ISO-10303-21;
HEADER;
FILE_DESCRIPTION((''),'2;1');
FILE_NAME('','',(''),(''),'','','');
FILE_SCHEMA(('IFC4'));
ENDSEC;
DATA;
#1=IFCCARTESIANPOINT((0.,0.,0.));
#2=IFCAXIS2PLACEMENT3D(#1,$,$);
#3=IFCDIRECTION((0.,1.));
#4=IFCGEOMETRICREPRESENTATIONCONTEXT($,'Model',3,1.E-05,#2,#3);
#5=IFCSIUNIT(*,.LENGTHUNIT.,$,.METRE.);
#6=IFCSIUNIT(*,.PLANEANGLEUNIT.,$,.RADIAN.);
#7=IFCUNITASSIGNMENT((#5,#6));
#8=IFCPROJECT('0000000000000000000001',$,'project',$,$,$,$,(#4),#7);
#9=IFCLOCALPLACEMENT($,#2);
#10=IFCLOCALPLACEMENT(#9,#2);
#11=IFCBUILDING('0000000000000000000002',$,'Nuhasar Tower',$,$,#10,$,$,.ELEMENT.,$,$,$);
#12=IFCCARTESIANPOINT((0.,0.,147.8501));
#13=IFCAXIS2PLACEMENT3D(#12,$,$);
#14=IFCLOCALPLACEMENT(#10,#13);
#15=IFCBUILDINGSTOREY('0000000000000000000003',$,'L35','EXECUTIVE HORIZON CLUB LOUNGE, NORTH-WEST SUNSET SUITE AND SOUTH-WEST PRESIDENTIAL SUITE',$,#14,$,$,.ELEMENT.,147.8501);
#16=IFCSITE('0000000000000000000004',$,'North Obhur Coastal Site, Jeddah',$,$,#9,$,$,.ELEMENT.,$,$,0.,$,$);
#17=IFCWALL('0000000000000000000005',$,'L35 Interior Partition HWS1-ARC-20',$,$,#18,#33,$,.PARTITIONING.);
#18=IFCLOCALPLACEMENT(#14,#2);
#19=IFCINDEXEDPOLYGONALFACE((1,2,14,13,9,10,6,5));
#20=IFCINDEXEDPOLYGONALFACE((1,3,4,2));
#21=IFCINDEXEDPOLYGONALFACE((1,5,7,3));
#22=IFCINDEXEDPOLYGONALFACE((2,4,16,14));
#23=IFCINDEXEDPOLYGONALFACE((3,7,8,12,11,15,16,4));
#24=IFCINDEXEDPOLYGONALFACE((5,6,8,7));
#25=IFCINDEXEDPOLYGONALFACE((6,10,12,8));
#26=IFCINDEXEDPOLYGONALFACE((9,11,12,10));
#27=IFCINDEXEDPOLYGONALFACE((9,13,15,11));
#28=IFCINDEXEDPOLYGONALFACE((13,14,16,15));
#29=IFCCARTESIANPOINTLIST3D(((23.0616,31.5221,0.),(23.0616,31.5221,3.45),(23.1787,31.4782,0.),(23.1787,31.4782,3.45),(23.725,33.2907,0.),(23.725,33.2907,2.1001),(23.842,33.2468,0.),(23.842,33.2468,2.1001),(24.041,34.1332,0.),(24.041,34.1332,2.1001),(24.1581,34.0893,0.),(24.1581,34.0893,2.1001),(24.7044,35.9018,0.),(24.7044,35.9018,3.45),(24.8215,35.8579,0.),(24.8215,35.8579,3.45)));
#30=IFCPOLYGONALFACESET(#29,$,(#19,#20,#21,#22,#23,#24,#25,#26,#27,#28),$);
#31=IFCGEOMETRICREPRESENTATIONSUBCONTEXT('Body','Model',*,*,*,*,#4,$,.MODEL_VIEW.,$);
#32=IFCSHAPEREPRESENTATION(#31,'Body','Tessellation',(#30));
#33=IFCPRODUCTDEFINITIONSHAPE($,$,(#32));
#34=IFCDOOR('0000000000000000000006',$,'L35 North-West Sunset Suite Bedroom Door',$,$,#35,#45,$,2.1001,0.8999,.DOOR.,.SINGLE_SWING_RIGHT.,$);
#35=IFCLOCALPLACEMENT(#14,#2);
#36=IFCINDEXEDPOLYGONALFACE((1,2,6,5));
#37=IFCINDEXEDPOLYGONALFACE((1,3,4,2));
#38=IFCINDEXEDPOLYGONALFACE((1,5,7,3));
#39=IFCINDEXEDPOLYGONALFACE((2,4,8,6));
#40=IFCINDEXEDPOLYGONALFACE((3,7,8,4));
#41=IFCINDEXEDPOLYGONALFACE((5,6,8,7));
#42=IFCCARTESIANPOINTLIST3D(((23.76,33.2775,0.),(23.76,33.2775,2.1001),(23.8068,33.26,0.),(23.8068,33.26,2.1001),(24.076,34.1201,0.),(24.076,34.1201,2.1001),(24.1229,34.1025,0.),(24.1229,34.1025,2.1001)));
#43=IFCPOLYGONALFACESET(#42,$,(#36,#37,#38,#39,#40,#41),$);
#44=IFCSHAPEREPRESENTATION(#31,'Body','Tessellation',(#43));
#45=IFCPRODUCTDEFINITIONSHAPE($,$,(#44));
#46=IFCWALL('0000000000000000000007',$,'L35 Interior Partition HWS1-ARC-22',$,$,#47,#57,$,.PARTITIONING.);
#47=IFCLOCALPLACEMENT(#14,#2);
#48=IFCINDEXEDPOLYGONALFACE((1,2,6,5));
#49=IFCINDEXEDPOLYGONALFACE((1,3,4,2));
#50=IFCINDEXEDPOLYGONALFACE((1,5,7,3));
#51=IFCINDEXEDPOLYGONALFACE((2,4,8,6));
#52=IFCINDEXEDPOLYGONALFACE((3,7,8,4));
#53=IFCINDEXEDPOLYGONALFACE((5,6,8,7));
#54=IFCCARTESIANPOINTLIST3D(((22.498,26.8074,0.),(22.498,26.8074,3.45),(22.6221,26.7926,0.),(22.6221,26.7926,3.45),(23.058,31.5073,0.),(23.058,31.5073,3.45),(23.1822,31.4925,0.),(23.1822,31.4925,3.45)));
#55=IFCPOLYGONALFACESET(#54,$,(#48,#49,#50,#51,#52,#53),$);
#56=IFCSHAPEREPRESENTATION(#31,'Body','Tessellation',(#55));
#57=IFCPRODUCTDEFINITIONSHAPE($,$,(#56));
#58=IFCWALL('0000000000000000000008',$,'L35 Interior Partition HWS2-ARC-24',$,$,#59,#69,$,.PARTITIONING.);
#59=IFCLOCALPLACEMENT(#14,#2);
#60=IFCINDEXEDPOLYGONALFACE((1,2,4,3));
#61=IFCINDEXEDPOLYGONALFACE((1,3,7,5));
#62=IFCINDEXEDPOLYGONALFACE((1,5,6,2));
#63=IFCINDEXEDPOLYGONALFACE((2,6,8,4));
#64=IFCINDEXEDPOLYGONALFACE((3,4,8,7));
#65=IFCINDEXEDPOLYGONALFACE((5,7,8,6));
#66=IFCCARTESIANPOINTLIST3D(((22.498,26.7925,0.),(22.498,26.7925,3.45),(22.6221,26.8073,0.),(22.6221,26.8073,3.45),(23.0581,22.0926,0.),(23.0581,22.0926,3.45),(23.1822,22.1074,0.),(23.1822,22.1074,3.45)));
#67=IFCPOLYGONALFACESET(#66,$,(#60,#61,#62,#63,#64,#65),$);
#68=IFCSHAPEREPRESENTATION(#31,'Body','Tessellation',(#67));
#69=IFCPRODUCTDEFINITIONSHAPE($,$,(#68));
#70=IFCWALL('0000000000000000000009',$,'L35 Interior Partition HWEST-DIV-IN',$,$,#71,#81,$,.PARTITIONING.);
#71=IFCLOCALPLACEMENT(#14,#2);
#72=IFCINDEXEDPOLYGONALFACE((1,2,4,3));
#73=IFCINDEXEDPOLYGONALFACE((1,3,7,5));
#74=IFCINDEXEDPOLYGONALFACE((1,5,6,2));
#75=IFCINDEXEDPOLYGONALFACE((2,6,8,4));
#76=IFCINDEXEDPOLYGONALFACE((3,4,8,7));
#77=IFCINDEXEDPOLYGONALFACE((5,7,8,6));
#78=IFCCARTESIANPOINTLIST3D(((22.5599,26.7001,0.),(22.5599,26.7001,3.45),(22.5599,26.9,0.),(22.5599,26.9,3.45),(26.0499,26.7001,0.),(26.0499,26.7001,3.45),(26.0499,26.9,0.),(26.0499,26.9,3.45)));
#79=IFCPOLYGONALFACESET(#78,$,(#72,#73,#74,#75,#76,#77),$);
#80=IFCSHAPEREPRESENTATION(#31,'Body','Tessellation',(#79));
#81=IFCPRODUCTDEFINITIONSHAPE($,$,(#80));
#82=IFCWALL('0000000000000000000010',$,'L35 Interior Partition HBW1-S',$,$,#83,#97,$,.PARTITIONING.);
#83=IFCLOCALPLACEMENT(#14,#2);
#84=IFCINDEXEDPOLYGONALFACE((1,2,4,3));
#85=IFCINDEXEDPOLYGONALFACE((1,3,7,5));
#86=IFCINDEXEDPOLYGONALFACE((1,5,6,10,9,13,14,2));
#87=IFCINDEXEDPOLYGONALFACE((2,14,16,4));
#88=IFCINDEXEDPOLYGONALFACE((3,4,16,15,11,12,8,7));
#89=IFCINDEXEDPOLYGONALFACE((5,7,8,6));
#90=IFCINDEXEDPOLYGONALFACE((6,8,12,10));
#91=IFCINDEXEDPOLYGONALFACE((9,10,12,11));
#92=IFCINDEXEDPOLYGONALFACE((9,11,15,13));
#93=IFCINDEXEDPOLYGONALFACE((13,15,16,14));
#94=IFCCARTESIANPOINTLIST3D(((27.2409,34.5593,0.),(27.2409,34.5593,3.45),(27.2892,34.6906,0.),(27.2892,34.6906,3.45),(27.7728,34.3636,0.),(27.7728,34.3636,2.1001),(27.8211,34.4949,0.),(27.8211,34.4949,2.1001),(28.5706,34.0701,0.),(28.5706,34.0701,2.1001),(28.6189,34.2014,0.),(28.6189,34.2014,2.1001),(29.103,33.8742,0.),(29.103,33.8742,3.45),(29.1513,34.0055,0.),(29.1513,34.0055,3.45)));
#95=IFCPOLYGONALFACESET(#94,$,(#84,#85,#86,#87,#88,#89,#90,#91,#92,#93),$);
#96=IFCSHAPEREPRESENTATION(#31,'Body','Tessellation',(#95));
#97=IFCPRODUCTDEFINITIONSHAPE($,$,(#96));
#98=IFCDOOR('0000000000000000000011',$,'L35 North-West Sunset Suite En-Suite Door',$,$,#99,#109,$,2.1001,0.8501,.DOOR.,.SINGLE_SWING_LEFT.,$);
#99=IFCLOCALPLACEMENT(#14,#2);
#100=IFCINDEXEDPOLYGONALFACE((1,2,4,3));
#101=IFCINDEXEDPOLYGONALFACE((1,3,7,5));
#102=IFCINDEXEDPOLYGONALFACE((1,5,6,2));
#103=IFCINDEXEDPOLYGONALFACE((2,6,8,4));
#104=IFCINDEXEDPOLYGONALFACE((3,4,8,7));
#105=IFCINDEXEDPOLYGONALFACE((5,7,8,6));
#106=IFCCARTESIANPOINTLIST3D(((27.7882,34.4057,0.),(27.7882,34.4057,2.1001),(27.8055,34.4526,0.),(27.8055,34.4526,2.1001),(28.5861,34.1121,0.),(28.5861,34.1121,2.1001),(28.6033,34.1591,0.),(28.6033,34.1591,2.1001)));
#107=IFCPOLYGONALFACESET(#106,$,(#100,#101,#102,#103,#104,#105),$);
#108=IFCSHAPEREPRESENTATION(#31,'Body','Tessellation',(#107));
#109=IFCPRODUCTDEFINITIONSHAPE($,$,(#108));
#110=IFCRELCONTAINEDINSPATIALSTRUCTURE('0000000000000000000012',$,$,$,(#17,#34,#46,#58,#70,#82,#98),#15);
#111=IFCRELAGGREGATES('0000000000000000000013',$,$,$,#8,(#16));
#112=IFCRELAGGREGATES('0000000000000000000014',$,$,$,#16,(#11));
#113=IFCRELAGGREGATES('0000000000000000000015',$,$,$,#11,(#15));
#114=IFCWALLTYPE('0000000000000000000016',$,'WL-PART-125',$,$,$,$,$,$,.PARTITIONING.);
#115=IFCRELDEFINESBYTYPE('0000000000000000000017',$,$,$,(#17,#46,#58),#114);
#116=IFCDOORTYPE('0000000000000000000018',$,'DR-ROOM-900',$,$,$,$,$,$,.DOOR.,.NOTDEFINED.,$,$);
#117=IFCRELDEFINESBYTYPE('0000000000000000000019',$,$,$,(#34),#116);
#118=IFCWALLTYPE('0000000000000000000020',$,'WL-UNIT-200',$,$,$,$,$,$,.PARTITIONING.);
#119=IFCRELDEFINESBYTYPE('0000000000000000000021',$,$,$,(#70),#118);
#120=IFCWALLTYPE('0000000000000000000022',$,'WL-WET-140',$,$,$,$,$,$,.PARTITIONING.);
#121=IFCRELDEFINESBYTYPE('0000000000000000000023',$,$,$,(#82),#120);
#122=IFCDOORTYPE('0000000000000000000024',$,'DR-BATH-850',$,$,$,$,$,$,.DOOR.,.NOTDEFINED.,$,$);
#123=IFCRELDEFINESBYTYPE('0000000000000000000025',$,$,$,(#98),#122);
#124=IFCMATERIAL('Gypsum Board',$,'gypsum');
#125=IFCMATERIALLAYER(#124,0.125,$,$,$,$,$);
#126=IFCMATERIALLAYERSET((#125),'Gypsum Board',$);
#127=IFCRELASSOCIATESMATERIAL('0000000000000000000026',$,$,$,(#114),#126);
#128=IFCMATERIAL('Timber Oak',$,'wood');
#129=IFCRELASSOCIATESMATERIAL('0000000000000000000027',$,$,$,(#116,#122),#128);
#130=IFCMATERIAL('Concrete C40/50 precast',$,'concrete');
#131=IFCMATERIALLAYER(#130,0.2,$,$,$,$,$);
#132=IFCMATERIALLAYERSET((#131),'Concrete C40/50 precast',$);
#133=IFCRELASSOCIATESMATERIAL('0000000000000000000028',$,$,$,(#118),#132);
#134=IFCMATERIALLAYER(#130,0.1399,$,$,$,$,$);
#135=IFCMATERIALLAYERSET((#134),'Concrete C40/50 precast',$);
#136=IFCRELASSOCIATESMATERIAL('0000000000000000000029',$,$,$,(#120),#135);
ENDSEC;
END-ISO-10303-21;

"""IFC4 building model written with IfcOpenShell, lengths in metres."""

from ifc_helpers import new_model, si_unit, direction, frame, frame_2d, origin, place, context, subcontext, project, spatial, rectangle, extrude, material, layer, layer_set, type_object, element, fill, save


model = new_model("IFC4")

# Units and contexts
model_context = context("Model", 3, precision=1e-05, world=origin(), true_north=direction((0.0, 1.0)))
body_context = subcontext(model_context, "Body", "Model", "MODEL_VIEW")
ifc_project = project(units=[si_unit("LENGTHUNIT", "METRE"), si_unit("PLANEANGLEUNIT", "RADIAN")], contexts=[model_context])

# Site, building, storey
site_placement = place(None, origin())
site = spatial("IfcSite", under=ifc_project, at=site_placement, Name="North Obhur Coastal Site, Jeddah", CompositionType="ELEMENT", RefElevation=0.0)
building_placement = place(site_placement, origin())
building = spatial("IfcBuilding", under=site, at=building_placement, Name="Nuhasar Tower", CompositionType="ELEMENT")
storey_placement = place(building_placement, frame((0.0, 0.0, 147.8501)))
storey = spatial("IfcBuildingStorey", under=building, at=storey_placement, Name="L35", Description="EXECUTIVE HORIZON CLUB LOUNGE, NORTH-WEST SUNSET SUITE AND SOUTH-WEST PRESIDENTIAL SUITE", CompositionType="ELEMENT", Elevation=147.8501)

# Shared definitions
ifc_material_1 = material(Name="Gypsum Board", Category="gypsum")

# Shared definitions
ifc_material_2 = material(Name="Timber Oak", Category="wood")

# Shared definitions
ifc_layer_1 = layer(ifc_material_1, 0.125)
ifc_layer_set_1 = layer_set([ifc_layer_1], Name="Gypsum Board")
wall_type_1 = type_object("IfcWallType", Name="WL-PART-125", PredefinedType="PARTITIONING", material=ifc_layer_set_1)

# Wall, opening, door
wall_1_placement = place(storey_placement, frame((24.7629, 35.8799, 0.0), z_axis=(0.0, 0.0, 1.0), x_axis=(-0.351192, -0.936303, 0.0)))
wall_1 = element("IfcWall", 1, at=wall_1_placement, inside=storey, type_object=wall_type_1, Name="L35 Interior Partition HWS1-ARC-20", PredefinedType="PARTITIONING", context=body_context, shape_type="SweptSolid", body=[
    extrude(rectangle(XDim=4.6777, YDim=0.125, at=frame_2d((2.3389, 0.0))), origin(), (0.0, 0.0, 1.0), 3.45),
])
opening_1_placement = place(wall_1_placement, frame((1.8889, 0.0, 0.0)))
opening_1 = element("IfcOpeningElement", 2, at=opening_1_placement, cuts=wall_1, PredefinedType="OPENING", context=body_context, shape_type="SweptSolid", body=[
    extrude(rectangle(XDim=0.8999, YDim=2.1001, at=frame_2d((0.45, 1.05))), frame((0.0, 0.0725, 0.0), z_axis=(0.0, -1.0, 0.0), x_axis=(1.0, 0.0, 0.0)), (0.0, 0.0, 1.0), 0.145),
])
door_type_1 = type_object("IfcDoorType", Name="DR-ROOM-900", OperationType="NOTDEFINED", PredefinedType="DOOR", material=ifc_material_2)
door_1_placement = place(opening_1_placement, origin())
door_1 = element("IfcDoor", 3, at=door_1_placement, inside=storey, type_object=door_type_1, Name="L35 North-West Sunset Suite Bedroom Door", OperationType="SINGLE_SWING_RIGHT", OverallHeight=2.1001, OverallWidth=0.8999, PredefinedType="DOOR", context=body_context, shape_type="SweptSolid", body=[
    extrude(rectangle(XDim=0.8999, YDim=2.1001, at=frame_2d((0.45, 1.05))), frame((0.0, 0.0249, 0.0), z_axis=(0.0, -1.0, 0.0), x_axis=(1.0, 0.0, 0.0)), (0.0, 0.0, 1.0), 0.05),
])
fill(opening_1, door_1)

# Walls
for number, where, z_axis, x_axis, name in (
    (4, (23.1201, 31.5, 0.0), (0.0, 0.0, 1.0), (-0.118326, -0.992975, 0.0), "L35 Interior Partition HWS1-ARC-22"),
    (5, (22.5601, 26.8, 0.0), (0.0, 0.0, 1.0), (0.118326, -0.992975, 0.0), "L35 Interior Partition HWS2-ARC-24"),
):
    element("IfcWall", number, at=place(storey_placement, frame(where, z_axis=z_axis, x_axis=x_axis)), inside=storey, type_object=wall_type_1, Name=name, PredefinedType="PARTITIONING", context=body_context, shape_type="SweptSolid", body=[
        extrude(rectangle(XDim=4.7332, YDim=0.125, at=frame_2d((2.3667, 0.0))), origin(), (0.0, 0.0, 1.0), 3.45),
    ])
ifc_material_3 = material(Name="Concrete C40/50 precast", Category="concrete")
ifc_layer_2 = layer(ifc_material_3, 0.2)
ifc_layer_set_2 = layer_set([ifc_layer_2], Name="Concrete C40/50 precast")
wall_type_2 = type_object("IfcWallType", Name="WL-UNIT-200", PredefinedType="PARTITIONING", material=ifc_layer_set_2)
wall_2_placement = place(storey_placement, frame((26.05, 26.8, 0.0), z_axis=(0.0, 0.0, 1.0), x_axis=(-1.0, 0.0, 0.0)))
element("IfcWall", 6, at=wall_2_placement, inside=storey, type_object=wall_type_2, Name="L35 Interior Partition HWEST-DIV-IN", PredefinedType="PARTITIONING", context=body_context, shape_type="SweptSolid", body=[
    extrude(rectangle(XDim=3.49, YDim=0.2, at=frame_2d((1.7451, 0.0))), origin(), (0.0, 0.0, 1.0), 3.45),
])

# Wall, opening, door
ifc_layer_3 = layer(ifc_material_3, 0.1399)
ifc_layer_set_3 = layer_set([ifc_layer_3], Name="Concrete C40/50 precast")
wall_type_3 = type_object("IfcWallType", Name="WL-WET-140", PredefinedType="PARTITIONING", material=ifc_layer_set_3)
wall_3_placement = place(storey_placement, frame((27.2649, 34.625, 0.0), z_axis=(0.0, 0.0, 1.0), x_axis=(0.938501, -0.345278, 0.0)))
wall_3 = element("IfcWall", 7, at=wall_3_placement, inside=storey, type_object=wall_type_3, Name="L35 Interior Partition HBW1-S", PredefinedType="PARTITIONING", context=body_context, shape_type="SweptSolid", body=[
    extrude(rectangle(XDim=1.9841, YDim=0.1399, at=frame_2d((0.9922, 0.0))), origin(), (0.0, 0.0, 1.0), 3.45),
])
opening_2_placement = place(wall_3_placement, frame((0.5669, 0.0, 0.0)))
opening_2 = element("IfcOpeningElement", 8, at=opening_2_placement, cuts=wall_3, PredefinedType="OPENING", context=body_context, shape_type="SweptSolid", body=[
    extrude(rectangle(XDim=0.8501, YDim=2.1001, at=frame_2d((0.425, 1.05))), frame((0.0, 0.0801, 0.0), z_axis=(0.0, -1.0, 0.0), x_axis=(1.0, 0.0, 0.0)), (0.0, 0.0, 1.0), 0.1599),
])
door_type_2 = type_object("IfcDoorType", Name="DR-BATH-850", OperationType="NOTDEFINED", PredefinedType="DOOR", material=ifc_material_2)
door_2_placement = place(opening_2_placement, origin())
door_2 = element("IfcDoor", 9, at=door_2_placement, inside=storey, type_object=door_type_2, Name="L35 North-West Sunset Suite En-Suite Door", OperationType="SINGLE_SWING_LEFT", OverallHeight=2.1001, OverallWidth=0.8501, PredefinedType="DOOR", context=body_context, shape_type="SweptSolid", body=[
    extrude(rectangle(XDim=0.8501, YDim=2.1001, at=frame_2d((0.425, 1.05))), frame((0.0, 0.0249, 0.0), z_axis=(0.0, -1.0, 0.0), x_axis=(1.0, 0.0, 0.0)), (0.0, 0.0, 1.0), 0.05),
])
fill(opening_2, door_2)

save(model, "model.ifc")
